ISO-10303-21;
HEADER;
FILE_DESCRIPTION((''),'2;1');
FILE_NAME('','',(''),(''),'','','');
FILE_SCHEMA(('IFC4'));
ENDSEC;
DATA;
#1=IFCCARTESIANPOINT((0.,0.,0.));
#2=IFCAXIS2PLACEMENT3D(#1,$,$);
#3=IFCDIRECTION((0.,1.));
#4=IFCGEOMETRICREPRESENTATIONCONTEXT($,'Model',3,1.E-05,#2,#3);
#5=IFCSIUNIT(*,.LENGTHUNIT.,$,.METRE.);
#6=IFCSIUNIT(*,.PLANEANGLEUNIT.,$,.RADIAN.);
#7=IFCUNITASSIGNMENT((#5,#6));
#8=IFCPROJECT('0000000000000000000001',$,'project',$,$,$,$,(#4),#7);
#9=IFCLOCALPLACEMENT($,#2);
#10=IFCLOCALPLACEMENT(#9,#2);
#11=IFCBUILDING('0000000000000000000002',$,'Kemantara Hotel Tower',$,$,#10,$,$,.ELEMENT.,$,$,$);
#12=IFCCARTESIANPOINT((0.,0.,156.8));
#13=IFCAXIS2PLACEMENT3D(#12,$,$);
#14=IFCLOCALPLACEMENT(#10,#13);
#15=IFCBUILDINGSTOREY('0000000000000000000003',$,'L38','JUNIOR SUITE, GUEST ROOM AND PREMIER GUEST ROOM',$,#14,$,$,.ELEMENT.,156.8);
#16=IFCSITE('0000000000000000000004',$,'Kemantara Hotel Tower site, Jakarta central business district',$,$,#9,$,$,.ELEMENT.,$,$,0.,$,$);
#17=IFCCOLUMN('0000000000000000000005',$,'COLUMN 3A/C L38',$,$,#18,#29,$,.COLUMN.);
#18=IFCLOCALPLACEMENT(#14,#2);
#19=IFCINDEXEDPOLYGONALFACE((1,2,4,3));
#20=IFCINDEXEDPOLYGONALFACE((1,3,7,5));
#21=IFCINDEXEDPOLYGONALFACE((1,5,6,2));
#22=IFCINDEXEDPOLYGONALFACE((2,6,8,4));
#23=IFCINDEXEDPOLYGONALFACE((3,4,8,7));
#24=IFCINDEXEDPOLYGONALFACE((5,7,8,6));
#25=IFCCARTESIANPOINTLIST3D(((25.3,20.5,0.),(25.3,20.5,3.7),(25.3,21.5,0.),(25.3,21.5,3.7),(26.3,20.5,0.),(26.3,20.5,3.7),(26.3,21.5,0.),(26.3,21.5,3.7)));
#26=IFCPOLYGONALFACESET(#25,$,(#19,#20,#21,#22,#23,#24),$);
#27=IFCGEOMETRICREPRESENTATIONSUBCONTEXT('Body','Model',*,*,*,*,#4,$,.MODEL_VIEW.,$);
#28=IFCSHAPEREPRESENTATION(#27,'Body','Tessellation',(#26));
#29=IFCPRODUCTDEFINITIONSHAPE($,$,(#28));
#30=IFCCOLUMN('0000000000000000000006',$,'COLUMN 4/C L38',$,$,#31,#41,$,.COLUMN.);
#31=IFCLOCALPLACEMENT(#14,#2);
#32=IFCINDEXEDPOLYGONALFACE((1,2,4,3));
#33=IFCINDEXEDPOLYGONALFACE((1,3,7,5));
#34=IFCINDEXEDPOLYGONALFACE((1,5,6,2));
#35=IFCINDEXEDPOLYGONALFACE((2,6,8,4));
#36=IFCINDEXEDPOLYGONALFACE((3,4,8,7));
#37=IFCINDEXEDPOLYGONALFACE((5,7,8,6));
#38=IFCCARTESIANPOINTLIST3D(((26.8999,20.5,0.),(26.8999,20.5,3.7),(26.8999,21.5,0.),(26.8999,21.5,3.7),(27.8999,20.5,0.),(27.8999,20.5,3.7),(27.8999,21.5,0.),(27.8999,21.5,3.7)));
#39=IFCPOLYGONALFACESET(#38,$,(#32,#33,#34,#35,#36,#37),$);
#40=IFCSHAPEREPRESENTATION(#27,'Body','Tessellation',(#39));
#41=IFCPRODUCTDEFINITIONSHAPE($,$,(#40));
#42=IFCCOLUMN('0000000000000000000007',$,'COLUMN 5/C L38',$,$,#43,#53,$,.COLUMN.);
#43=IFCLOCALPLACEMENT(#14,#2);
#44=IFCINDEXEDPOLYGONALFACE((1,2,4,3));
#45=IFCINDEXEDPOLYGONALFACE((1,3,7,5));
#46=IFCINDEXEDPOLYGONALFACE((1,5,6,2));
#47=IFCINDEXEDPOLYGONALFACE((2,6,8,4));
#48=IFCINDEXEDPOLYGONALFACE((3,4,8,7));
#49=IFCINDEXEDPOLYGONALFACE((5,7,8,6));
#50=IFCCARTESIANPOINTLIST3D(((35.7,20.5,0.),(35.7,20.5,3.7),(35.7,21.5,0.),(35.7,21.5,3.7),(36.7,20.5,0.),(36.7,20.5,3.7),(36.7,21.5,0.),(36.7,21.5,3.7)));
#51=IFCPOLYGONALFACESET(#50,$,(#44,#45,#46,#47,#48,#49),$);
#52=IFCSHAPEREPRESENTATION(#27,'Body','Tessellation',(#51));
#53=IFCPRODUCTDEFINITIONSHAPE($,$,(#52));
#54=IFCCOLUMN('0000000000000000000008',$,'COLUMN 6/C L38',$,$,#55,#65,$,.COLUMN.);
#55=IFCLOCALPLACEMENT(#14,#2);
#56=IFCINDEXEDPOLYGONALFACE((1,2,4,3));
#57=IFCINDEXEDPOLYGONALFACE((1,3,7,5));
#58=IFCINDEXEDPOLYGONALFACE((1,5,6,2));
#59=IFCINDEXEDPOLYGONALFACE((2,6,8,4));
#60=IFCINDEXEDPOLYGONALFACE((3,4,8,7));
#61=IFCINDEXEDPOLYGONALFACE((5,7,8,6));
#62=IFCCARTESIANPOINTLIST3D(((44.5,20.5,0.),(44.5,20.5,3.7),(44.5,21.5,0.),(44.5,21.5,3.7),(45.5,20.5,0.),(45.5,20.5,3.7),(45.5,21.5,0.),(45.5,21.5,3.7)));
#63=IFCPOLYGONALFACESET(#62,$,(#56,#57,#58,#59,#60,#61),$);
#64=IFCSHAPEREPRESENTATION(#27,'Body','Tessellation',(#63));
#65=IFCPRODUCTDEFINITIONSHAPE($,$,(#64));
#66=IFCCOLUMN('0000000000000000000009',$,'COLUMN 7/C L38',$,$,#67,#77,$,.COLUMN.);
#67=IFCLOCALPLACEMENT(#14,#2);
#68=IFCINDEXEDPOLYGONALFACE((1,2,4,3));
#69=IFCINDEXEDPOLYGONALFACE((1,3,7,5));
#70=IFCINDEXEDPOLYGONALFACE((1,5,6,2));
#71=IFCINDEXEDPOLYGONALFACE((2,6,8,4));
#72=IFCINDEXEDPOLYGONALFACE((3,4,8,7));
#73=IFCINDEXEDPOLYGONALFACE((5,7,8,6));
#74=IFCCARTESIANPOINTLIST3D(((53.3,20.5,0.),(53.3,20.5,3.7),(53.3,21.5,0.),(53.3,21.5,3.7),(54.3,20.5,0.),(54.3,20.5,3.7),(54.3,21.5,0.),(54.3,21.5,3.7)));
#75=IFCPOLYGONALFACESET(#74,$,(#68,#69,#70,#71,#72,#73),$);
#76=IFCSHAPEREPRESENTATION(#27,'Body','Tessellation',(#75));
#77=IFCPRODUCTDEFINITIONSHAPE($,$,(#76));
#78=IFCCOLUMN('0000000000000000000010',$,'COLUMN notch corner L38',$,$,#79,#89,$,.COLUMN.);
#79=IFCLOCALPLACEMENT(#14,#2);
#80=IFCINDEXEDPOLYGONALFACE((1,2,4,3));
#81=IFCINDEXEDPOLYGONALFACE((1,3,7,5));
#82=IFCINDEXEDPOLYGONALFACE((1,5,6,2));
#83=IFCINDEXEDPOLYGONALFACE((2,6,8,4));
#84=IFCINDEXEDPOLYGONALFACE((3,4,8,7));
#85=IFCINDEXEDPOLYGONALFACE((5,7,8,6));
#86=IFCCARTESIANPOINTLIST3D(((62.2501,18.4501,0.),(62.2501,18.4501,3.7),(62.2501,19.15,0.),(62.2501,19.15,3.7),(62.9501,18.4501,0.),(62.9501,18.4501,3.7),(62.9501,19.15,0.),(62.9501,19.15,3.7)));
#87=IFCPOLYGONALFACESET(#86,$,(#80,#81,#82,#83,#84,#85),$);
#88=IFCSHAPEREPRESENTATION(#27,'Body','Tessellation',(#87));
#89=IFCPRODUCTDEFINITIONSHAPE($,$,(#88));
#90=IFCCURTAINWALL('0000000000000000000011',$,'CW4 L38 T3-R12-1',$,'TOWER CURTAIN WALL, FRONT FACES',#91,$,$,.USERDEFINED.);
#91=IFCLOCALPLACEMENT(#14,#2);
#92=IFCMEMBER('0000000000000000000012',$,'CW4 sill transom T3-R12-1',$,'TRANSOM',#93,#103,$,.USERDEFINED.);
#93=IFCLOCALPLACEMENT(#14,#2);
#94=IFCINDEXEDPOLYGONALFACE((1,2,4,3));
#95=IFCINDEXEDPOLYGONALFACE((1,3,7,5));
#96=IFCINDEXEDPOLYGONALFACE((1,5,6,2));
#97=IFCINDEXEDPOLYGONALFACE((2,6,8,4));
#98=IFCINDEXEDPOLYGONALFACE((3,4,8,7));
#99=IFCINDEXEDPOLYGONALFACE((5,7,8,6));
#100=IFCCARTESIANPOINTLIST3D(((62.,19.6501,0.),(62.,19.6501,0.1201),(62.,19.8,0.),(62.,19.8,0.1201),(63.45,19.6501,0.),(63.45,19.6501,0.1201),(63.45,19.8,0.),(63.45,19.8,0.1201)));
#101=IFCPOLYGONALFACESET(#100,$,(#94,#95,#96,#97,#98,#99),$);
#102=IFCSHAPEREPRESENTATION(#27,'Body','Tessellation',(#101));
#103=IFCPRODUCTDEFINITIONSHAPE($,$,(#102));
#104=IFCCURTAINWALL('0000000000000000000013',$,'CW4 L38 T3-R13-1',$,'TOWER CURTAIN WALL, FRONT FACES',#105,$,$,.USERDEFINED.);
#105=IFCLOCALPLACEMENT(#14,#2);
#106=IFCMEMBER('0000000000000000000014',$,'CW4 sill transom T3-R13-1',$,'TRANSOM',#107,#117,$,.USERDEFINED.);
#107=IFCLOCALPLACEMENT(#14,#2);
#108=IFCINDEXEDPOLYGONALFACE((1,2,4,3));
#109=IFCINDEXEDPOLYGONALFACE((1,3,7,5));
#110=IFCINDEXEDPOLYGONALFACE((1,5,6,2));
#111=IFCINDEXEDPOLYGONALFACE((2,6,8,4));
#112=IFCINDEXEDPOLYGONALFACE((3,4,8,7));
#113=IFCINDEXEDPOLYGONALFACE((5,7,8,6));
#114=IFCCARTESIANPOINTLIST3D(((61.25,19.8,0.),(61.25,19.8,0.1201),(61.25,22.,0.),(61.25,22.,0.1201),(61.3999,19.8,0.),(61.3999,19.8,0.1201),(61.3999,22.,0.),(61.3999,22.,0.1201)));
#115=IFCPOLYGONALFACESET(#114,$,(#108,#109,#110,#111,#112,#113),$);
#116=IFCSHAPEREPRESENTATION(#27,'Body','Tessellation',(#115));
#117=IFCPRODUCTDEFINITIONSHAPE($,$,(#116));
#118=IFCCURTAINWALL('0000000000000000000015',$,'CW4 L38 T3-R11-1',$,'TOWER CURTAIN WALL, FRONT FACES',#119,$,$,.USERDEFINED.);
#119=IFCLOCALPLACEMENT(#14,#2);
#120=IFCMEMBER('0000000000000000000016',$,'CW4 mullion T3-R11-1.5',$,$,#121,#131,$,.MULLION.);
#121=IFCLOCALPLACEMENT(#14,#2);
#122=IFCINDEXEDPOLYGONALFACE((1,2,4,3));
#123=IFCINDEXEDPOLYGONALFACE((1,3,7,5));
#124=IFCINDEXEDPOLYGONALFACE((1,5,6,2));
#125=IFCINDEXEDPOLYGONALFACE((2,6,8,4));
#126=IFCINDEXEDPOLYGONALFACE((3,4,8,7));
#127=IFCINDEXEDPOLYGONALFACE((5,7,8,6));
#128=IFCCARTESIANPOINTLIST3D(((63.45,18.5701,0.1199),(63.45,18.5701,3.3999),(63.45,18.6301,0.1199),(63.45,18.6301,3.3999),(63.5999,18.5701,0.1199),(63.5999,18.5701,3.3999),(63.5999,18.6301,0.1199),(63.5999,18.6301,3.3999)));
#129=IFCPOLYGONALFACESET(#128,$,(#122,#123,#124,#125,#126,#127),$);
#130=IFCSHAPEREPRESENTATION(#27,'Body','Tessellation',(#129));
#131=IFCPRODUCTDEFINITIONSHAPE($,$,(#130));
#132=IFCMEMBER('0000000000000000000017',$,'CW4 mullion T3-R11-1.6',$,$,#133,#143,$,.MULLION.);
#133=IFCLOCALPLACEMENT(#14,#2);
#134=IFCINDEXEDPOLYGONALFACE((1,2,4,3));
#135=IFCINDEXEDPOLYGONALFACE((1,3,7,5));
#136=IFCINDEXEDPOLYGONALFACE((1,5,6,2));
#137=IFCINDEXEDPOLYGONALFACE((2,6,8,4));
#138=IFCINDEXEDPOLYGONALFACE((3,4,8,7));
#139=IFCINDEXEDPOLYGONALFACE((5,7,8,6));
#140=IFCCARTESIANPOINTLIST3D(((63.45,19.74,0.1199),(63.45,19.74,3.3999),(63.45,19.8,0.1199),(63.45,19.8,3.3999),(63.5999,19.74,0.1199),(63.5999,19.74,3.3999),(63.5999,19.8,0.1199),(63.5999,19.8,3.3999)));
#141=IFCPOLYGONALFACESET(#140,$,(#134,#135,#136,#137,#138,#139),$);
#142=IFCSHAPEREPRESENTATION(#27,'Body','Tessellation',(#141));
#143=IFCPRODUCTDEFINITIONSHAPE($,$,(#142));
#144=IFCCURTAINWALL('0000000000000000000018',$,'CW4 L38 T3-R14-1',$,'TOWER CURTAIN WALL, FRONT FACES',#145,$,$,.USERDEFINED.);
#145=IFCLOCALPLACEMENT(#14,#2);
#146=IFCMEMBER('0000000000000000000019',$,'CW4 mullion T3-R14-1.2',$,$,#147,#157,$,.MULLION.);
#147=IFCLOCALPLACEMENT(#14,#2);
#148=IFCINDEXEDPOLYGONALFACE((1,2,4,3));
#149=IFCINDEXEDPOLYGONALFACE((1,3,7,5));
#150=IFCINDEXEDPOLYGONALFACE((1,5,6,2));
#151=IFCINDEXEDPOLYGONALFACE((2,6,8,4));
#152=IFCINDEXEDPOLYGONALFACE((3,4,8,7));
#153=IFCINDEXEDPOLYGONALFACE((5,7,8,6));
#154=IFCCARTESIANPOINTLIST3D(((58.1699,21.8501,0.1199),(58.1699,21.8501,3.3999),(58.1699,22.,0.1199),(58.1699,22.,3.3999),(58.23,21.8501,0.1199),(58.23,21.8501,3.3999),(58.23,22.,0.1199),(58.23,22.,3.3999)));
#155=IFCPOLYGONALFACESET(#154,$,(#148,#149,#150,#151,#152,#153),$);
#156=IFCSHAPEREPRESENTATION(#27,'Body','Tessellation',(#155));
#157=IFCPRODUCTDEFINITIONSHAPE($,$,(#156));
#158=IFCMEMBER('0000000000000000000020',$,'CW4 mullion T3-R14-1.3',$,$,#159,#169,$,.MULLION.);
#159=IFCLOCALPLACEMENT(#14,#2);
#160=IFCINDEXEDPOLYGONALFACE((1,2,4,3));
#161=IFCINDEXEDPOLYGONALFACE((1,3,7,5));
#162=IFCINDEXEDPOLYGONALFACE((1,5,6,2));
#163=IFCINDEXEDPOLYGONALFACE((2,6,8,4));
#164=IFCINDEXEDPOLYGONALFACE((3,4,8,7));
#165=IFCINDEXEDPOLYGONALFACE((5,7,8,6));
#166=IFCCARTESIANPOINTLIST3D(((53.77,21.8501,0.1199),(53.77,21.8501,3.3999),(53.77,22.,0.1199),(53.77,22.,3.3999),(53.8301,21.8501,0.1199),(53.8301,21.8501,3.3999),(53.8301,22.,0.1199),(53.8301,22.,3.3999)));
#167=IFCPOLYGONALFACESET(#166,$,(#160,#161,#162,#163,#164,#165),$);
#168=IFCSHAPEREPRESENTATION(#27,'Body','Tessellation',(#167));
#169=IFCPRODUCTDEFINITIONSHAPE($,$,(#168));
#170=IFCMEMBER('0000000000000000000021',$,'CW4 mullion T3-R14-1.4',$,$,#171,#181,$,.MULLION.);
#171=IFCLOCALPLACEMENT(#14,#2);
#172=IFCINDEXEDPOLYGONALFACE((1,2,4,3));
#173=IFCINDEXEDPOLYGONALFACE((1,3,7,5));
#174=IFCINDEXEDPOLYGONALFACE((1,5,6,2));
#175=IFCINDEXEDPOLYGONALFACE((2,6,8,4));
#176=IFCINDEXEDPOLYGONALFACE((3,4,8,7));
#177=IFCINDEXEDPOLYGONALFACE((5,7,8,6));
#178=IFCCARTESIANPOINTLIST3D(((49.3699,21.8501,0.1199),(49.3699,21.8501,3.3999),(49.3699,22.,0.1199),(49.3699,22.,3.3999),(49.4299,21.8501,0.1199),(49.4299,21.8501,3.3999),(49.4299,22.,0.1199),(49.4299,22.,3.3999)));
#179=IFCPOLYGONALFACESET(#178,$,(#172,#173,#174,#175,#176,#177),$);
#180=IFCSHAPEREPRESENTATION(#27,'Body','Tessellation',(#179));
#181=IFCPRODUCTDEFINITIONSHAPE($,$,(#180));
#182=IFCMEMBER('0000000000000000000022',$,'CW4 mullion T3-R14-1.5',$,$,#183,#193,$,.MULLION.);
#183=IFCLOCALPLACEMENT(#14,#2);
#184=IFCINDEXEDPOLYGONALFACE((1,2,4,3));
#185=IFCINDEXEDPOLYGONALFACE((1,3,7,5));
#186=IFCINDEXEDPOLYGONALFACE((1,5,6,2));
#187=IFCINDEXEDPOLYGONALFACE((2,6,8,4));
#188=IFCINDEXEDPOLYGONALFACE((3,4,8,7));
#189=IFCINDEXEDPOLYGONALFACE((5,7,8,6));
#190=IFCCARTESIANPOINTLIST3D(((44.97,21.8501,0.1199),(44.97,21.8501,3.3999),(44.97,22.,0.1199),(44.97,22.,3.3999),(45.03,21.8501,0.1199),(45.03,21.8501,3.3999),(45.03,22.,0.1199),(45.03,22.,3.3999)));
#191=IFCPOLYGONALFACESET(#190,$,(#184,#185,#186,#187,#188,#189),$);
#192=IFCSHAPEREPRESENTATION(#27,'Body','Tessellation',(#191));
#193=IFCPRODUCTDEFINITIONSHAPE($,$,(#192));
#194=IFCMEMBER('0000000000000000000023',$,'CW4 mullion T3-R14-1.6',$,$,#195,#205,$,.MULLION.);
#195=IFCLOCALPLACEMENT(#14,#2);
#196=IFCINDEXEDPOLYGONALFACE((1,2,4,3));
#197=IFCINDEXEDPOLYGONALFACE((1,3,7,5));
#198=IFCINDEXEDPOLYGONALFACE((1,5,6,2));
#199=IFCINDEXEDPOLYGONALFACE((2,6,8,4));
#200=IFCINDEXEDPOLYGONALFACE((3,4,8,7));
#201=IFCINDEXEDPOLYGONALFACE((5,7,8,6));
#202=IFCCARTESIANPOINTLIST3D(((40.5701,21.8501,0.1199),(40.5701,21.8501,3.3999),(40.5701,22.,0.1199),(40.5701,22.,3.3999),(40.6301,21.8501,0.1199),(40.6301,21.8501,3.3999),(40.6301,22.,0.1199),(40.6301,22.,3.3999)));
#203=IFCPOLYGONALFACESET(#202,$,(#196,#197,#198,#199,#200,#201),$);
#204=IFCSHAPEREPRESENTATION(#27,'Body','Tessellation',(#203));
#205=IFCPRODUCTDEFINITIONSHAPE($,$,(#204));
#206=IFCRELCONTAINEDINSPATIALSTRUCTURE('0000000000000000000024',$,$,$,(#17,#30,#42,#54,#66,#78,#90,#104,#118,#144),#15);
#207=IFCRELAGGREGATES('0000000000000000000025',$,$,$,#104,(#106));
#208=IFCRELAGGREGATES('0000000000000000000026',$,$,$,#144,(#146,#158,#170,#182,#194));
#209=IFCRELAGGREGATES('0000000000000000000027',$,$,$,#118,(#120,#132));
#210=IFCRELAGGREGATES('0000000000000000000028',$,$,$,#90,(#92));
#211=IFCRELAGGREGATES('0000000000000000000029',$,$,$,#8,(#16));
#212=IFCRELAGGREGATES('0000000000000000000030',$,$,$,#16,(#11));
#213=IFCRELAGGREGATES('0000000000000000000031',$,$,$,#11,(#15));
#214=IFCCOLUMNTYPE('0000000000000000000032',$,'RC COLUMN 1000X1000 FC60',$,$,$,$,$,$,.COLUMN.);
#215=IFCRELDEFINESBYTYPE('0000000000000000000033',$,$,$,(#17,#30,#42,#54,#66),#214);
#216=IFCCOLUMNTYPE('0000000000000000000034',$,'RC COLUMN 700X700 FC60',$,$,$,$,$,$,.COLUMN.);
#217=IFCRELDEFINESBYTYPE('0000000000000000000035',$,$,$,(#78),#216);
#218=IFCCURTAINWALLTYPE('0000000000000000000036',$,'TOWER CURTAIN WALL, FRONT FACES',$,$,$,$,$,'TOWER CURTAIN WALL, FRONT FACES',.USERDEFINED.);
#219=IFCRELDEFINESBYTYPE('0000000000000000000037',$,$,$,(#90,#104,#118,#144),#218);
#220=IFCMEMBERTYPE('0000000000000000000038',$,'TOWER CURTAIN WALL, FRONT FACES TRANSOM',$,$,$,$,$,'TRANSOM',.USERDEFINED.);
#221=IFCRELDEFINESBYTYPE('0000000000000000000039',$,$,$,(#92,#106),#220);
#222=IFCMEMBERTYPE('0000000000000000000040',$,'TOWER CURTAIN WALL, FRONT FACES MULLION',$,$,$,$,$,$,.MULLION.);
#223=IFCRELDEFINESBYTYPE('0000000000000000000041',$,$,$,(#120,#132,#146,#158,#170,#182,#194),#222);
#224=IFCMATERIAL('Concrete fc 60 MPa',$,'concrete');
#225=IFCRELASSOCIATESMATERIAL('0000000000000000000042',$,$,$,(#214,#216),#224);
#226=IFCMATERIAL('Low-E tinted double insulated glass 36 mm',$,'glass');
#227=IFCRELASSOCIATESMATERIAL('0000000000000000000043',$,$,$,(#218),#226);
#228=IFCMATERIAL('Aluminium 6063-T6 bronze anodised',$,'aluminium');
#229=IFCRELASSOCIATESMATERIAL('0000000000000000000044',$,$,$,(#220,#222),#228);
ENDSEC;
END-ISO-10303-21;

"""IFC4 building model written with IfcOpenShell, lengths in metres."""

from ifc_helpers import new_model, si_unit, direction, frame, origin, origin_2d, place, context, subcontext, project, spatial, rectangle, extrude, source, transform, mapped, material, material_profile, profile_set, type_object, element, aggregate, save


model = new_model("IFC4")

# Units and contexts
model_context = context("Model", 3, precision=1e-05, world=origin(), true_north=direction((0.0, 1.0)))
body_context = subcontext(model_context, "Body", "Model", "MODEL_VIEW")
ifc_project = project(units=[si_unit("LENGTHUNIT", "METRE"), si_unit("PLANEANGLEUNIT", "RADIAN")], contexts=[model_context])

# Site, building, storey
site_placement = place(None, origin())
site = spatial("IfcSite", under=ifc_project, at=site_placement, Name="Kemantara Hotel Tower site, Jakarta central business district", CompositionType="ELEMENT", RefElevation=0.0)
building_placement = place(site_placement, origin())
building = spatial("IfcBuilding", under=site, at=building_placement, Name="Kemantara Hotel Tower", CompositionType="ELEMENT")
storey_placement = place(building_placement, frame((0.0, 0.0, 156.8)))
storey = spatial("IfcBuildingStorey", under=building, at=storey_placement, Name="L38", Description="JUNIOR SUITE, GUEST ROOM AND PREMIER GUEST ROOM", CompositionType="ELEMENT", Elevation=156.8)

# Columns
ifc_material_1 = material(Name="Concrete fc 60 MPa", Category="concrete")
ifc_material_profile_1 = material_profile(ifc_material_1, rectangle(XDim=1.0, YDim=1.0, at=origin_2d()), Name="RC 1000X1000")
ifc_profile_set_1 = profile_set([ifc_material_profile_1], Name="Concrete fc 60 MPa")
column_type_1 = type_object("IfcColumnType", Name="RC COLUMN 1000X1000 FC60", PredefinedType="COLUMN", material=ifc_profile_set_1)
for number, where, z_axis, x_axis, name in (
    (1, (25.8, 21.0, 0.0), (0.0, 0.0, 1.0), (1.0, 0.0, 0.0), "COLUMN 3A/C L38"),
    (2, (27.3999, 21.0, 0.0), (0.0, 0.0, 1.0), (1.0, 0.0, 0.0), "COLUMN 4/C L38"),
    (3, (36.2, 21.0, 0.0), (0.0, 0.0, 1.0), (1.0, 0.0, 0.0), "COLUMN 5/C L38"),
    (4, (45.0, 21.0, 0.0), (0.0, 0.0, 1.0), (1.0, 0.0, 0.0), "COLUMN 6/C L38"),
    (5, (53.8, 21.0, 0.0), (0.0, 0.0, 1.0), (1.0, 0.0, 0.0), "COLUMN 7/C L38"),
):
    element("IfcColumn", number, at=place(storey_placement, frame(where, z_axis=z_axis, x_axis=x_axis)), inside=storey, type_object=column_type_1, Name=name, PredefinedType="COLUMN", context=body_context, shape_type="SweptSolid", body=[
        extrude(rectangle(XDim=1.0, YDim=1.0, at=origin_2d()), origin(), (0.0, 0.0, 1.0), 3.7),
    ])
ifc_material_profile_2 = material_profile(ifc_material_1, rectangle(XDim=0.7, YDim=0.7, at=origin_2d()), Name="RC 700X700")
ifc_profile_set_2 = profile_set([ifc_material_profile_2], Name="Concrete fc 60 MPa")
column_type_2 = type_object("IfcColumnType", Name="RC COLUMN 700X700 FC60", PredefinedType="COLUMN", material=ifc_profile_set_2)
column_placement = place(storey_placement, frame((62.6001, 18.8, 0.0), z_axis=(0.0, 0.0, 1.0), x_axis=(1.0, 0.0, 0.0)))
element("IfcColumn", 6, at=column_placement, inside=storey, type_object=column_type_2, Name="COLUMN notch corner L38", PredefinedType="COLUMN", context=body_context, shape_type="SweptSolid", body=[
    extrude(rectangle(XDim=0.7, YDim=0.7, at=origin_2d()), origin(), (0.0, 0.0, 1.0), 3.7),
])

# Curtain walls, members
ifc_material_2 = material(Name="Low-E tinted double insulated glass 36 mm", Category="glass")
curtain_wall_type = type_object("IfcCurtainWallType", Name="TOWER CURTAIN WALL, FRONT FACES", ElementType="TOWER CURTAIN WALL, FRONT FACES", PredefinedType="USERDEFINED", material=ifc_material_2)
curtain_wall_1_placement = place(storey_placement, origin())
curtain_wall_1 = element("IfcCurtainWall", 7, at=curtain_wall_1_placement, inside=storey, type_object=curtain_wall_type, Name="CW4 L38 T3-R12-1", ObjectType="TOWER CURTAIN WALL, FRONT FACES", PredefinedType="USERDEFINED")
ifc_material_3 = material(Name="Aluminium 6063-T6 bronze anodised", Category="aluminium")
ifc_material_profile_3 = material_profile(ifc_material_3, rectangle(XDim=0.1499, YDim=0.1201, at=origin_2d()), Name="TOWER CURTAIN WALL, FRONT FACES TRANSOM")
ifc_profile_set_3 = profile_set([ifc_material_profile_3], Name="Aluminium 6063-T6 bronze anodised")
member_type_1 = type_object("IfcMemberType", Name="TOWER CURTAIN WALL, FRONT FACES TRANSOM", ElementType="TRANSOM", PredefinedType="USERDEFINED", material=ifc_profile_set_3)
member_1_placement = place(storey_placement, frame((63.45, 19.7251, 0.0601), z_axis=(-1.0, 0.0, 0.0), x_axis=(0.0, -1.0, 0.0)))
member_1 = element("IfcMember", 8, at=member_1_placement, type_object=member_type_1, Name="CW4 sill transom T3-R12-1", ObjectType="TRANSOM", PredefinedType="USERDEFINED", context=body_context, shape_type="SweptSolid", body=[
    extrude(rectangle(XDim=0.1499, YDim=0.1201, at=origin_2d()), origin(), (0.0, 0.0, 1.0), 1.45),
])
curtain_wall_2_placement = place(storey_placement, origin())
curtain_wall_2 = element("IfcCurtainWall", 9, at=curtain_wall_2_placement, inside=storey, type_object=curtain_wall_type, Name="CW4 L38 T3-R13-1", ObjectType="TOWER CURTAIN WALL, FRONT FACES", PredefinedType="USERDEFINED")
member_2_placement = place(storey_placement, frame((61.325, 19.8, 0.0601), z_axis=(0.0, 1.0, 0.0), x_axis=(-1.0, 0.0, 0.0)))
member_2 = element("IfcMember", 10, at=member_2_placement, type_object=member_type_1, Name="CW4 sill transom T3-R13-1", ObjectType="TRANSOM", PredefinedType="USERDEFINED", context=body_context, shape_type="SweptSolid", body=[
    extrude(rectangle(XDim=0.1499, YDim=0.1201, at=origin_2d()), origin(), (0.0, 0.0, 1.0), 2.2),
])

# Curtain walls, members
curtain_wall_3_placement = place(storey_placement, origin())
curtain_wall_3 = element("IfcCurtainWall", 11, at=curtain_wall_3_placement, inside=storey, type_object=curtain_wall_type, Name="CW4 L38 T3-R11-1", ObjectType="TOWER CURTAIN WALL, FRONT FACES", PredefinedType="USERDEFINED")
ifc_material_profile_4 = material_profile(ifc_material_3, rectangle(XDim=0.1499, YDim=0.0601, at=origin_2d()), Name="TOWER CURTAIN WALL, FRONT FACES MULLION")
ifc_profile_set_4 = profile_set([ifc_material_profile_4], Name="Aluminium 6063-T6 bronze anodised")
member_type_2 = type_object("IfcMemberType", Name="TOWER CURTAIN WALL, FRONT FACES MULLION", PredefinedType="MULLION", material=ifc_profile_set_4)
shared_shape_1 = source(origin(), body_context, "Body", "SweptSolid", [
    extrude(rectangle(XDim=0.1499, YDim=0.0601, at=origin_2d()), origin(), (0.0, 0.0, 1.0), 3.28),
])
member_3_placement = place(storey_placement, frame((63.5249, 18.6001, 0.1199), z_axis=(0.0, 0.0, 1.0), x_axis=(-1.0, 0.0, 0.0)))
member_3 = element("IfcMember", 12, at=member_3_placement, type_object=member_type_2, Name="CW4 mullion T3-R11-1.5", PredefinedType="MULLION", context=body_context, shape_type="MappedRepresentation", body=[
    mapped(shared_shape_1, transform((0.0, 0.0, 0.0))),
])
member_4_placement = place(storey_placement, frame((63.5249, 19.77, 0.1199), z_axis=(0.0, 0.0, 1.0), x_axis=(-1.0, 0.0, 0.0)))
member_4 = element("IfcMember", 13, at=member_4_placement, type_object=member_type_2, Name="CW4 mullion T3-R11-1.6", PredefinedType="MULLION", context=body_context, shape_type="MappedRepresentation", body=[
    mapped(shared_shape_1, transform((0.0, 0.0, 0.0))),
])
curtain_wall_4_placement = place(storey_placement, origin())
curtain_wall_4 = element("IfcCurtainWall", 14, at=curtain_wall_4_placement, inside=storey, type_object=curtain_wall_type, Name="CW4 L38 T3-R14-1", ObjectType="TOWER CURTAIN WALL, FRONT FACES", PredefinedType="USERDEFINED")
member_5_placement = place(storey_placement, frame((58.2, 21.925, 0.1199), z_axis=(0.0, 0.0, 1.0), x_axis=(0.0, -1.0, 0.0)))
member_5 = element("IfcMember", 15, at=member_5_placement, type_object=member_type_2, Name="CW4 mullion T3-R14-1.2", PredefinedType="MULLION", context=body_context, shape_type="MappedRepresentation", body=[
    mapped(shared_shape_1, transform((0.0, 0.0, 0.0))),
])
member_6_placement = place(storey_placement, frame((53.8, 21.925, 0.1199), z_axis=(0.0, 0.0, 1.0), x_axis=(0.0, -1.0, 0.0)))
member_6 = element("IfcMember", 16, at=member_6_placement, type_object=member_type_2, Name="CW4 mullion T3-R14-1.3", PredefinedType="MULLION", context=body_context, shape_type="MappedRepresentation", body=[
    mapped(shared_shape_1, transform((0.0, 0.0, 0.0))),
])
member_7_placement = place(storey_placement, frame((49.3999, 21.925, 0.1199), z_axis=(0.0, 0.0, 1.0), x_axis=(0.0, -1.0, 0.0)))
member_7 = element("IfcMember", 17, at=member_7_placement, type_object=member_type_2, Name="CW4 mullion T3-R14-1.4", PredefinedType="MULLION", context=body_context, shape_type="MappedRepresentation", body=[
    mapped(shared_shape_1, transform((0.0, 0.0, 0.0))),
])
member_8_placement = place(storey_placement, frame((45.0, 21.925, 0.1199), z_axis=(0.0, 0.0, 1.0), x_axis=(0.0, -1.0, 0.0)))
member_8 = element("IfcMember", 18, at=member_8_placement, type_object=member_type_2, Name="CW4 mullion T3-R14-1.5", PredefinedType="MULLION", context=body_context, shape_type="MappedRepresentation", body=[
    mapped(shared_shape_1, transform((0.0, 0.0, 0.0))),
])
member_9_placement = place(storey_placement, frame((40.6001, 21.925, 0.1199), z_axis=(0.0, 0.0, 1.0), x_axis=(0.0, -1.0, 0.0)))
member_9 = element("IfcMember", 19, at=member_9_placement, type_object=member_type_2, Name="CW4 mullion T3-R14-1.6", PredefinedType="MULLION", context=body_context, shape_type="MappedRepresentation", body=[
    mapped(shared_shape_1, transform((0.0, 0.0, 0.0))),
])

aggregate(curtain_wall_2, [member_2])
aggregate(curtain_wall_4, [member_5, member_6, member_7, member_8, member_9])
aggregate(curtain_wall_3, [member_3, member_4])
aggregate(curtain_wall_1, [member_1])

save(model, "model.ifc")
